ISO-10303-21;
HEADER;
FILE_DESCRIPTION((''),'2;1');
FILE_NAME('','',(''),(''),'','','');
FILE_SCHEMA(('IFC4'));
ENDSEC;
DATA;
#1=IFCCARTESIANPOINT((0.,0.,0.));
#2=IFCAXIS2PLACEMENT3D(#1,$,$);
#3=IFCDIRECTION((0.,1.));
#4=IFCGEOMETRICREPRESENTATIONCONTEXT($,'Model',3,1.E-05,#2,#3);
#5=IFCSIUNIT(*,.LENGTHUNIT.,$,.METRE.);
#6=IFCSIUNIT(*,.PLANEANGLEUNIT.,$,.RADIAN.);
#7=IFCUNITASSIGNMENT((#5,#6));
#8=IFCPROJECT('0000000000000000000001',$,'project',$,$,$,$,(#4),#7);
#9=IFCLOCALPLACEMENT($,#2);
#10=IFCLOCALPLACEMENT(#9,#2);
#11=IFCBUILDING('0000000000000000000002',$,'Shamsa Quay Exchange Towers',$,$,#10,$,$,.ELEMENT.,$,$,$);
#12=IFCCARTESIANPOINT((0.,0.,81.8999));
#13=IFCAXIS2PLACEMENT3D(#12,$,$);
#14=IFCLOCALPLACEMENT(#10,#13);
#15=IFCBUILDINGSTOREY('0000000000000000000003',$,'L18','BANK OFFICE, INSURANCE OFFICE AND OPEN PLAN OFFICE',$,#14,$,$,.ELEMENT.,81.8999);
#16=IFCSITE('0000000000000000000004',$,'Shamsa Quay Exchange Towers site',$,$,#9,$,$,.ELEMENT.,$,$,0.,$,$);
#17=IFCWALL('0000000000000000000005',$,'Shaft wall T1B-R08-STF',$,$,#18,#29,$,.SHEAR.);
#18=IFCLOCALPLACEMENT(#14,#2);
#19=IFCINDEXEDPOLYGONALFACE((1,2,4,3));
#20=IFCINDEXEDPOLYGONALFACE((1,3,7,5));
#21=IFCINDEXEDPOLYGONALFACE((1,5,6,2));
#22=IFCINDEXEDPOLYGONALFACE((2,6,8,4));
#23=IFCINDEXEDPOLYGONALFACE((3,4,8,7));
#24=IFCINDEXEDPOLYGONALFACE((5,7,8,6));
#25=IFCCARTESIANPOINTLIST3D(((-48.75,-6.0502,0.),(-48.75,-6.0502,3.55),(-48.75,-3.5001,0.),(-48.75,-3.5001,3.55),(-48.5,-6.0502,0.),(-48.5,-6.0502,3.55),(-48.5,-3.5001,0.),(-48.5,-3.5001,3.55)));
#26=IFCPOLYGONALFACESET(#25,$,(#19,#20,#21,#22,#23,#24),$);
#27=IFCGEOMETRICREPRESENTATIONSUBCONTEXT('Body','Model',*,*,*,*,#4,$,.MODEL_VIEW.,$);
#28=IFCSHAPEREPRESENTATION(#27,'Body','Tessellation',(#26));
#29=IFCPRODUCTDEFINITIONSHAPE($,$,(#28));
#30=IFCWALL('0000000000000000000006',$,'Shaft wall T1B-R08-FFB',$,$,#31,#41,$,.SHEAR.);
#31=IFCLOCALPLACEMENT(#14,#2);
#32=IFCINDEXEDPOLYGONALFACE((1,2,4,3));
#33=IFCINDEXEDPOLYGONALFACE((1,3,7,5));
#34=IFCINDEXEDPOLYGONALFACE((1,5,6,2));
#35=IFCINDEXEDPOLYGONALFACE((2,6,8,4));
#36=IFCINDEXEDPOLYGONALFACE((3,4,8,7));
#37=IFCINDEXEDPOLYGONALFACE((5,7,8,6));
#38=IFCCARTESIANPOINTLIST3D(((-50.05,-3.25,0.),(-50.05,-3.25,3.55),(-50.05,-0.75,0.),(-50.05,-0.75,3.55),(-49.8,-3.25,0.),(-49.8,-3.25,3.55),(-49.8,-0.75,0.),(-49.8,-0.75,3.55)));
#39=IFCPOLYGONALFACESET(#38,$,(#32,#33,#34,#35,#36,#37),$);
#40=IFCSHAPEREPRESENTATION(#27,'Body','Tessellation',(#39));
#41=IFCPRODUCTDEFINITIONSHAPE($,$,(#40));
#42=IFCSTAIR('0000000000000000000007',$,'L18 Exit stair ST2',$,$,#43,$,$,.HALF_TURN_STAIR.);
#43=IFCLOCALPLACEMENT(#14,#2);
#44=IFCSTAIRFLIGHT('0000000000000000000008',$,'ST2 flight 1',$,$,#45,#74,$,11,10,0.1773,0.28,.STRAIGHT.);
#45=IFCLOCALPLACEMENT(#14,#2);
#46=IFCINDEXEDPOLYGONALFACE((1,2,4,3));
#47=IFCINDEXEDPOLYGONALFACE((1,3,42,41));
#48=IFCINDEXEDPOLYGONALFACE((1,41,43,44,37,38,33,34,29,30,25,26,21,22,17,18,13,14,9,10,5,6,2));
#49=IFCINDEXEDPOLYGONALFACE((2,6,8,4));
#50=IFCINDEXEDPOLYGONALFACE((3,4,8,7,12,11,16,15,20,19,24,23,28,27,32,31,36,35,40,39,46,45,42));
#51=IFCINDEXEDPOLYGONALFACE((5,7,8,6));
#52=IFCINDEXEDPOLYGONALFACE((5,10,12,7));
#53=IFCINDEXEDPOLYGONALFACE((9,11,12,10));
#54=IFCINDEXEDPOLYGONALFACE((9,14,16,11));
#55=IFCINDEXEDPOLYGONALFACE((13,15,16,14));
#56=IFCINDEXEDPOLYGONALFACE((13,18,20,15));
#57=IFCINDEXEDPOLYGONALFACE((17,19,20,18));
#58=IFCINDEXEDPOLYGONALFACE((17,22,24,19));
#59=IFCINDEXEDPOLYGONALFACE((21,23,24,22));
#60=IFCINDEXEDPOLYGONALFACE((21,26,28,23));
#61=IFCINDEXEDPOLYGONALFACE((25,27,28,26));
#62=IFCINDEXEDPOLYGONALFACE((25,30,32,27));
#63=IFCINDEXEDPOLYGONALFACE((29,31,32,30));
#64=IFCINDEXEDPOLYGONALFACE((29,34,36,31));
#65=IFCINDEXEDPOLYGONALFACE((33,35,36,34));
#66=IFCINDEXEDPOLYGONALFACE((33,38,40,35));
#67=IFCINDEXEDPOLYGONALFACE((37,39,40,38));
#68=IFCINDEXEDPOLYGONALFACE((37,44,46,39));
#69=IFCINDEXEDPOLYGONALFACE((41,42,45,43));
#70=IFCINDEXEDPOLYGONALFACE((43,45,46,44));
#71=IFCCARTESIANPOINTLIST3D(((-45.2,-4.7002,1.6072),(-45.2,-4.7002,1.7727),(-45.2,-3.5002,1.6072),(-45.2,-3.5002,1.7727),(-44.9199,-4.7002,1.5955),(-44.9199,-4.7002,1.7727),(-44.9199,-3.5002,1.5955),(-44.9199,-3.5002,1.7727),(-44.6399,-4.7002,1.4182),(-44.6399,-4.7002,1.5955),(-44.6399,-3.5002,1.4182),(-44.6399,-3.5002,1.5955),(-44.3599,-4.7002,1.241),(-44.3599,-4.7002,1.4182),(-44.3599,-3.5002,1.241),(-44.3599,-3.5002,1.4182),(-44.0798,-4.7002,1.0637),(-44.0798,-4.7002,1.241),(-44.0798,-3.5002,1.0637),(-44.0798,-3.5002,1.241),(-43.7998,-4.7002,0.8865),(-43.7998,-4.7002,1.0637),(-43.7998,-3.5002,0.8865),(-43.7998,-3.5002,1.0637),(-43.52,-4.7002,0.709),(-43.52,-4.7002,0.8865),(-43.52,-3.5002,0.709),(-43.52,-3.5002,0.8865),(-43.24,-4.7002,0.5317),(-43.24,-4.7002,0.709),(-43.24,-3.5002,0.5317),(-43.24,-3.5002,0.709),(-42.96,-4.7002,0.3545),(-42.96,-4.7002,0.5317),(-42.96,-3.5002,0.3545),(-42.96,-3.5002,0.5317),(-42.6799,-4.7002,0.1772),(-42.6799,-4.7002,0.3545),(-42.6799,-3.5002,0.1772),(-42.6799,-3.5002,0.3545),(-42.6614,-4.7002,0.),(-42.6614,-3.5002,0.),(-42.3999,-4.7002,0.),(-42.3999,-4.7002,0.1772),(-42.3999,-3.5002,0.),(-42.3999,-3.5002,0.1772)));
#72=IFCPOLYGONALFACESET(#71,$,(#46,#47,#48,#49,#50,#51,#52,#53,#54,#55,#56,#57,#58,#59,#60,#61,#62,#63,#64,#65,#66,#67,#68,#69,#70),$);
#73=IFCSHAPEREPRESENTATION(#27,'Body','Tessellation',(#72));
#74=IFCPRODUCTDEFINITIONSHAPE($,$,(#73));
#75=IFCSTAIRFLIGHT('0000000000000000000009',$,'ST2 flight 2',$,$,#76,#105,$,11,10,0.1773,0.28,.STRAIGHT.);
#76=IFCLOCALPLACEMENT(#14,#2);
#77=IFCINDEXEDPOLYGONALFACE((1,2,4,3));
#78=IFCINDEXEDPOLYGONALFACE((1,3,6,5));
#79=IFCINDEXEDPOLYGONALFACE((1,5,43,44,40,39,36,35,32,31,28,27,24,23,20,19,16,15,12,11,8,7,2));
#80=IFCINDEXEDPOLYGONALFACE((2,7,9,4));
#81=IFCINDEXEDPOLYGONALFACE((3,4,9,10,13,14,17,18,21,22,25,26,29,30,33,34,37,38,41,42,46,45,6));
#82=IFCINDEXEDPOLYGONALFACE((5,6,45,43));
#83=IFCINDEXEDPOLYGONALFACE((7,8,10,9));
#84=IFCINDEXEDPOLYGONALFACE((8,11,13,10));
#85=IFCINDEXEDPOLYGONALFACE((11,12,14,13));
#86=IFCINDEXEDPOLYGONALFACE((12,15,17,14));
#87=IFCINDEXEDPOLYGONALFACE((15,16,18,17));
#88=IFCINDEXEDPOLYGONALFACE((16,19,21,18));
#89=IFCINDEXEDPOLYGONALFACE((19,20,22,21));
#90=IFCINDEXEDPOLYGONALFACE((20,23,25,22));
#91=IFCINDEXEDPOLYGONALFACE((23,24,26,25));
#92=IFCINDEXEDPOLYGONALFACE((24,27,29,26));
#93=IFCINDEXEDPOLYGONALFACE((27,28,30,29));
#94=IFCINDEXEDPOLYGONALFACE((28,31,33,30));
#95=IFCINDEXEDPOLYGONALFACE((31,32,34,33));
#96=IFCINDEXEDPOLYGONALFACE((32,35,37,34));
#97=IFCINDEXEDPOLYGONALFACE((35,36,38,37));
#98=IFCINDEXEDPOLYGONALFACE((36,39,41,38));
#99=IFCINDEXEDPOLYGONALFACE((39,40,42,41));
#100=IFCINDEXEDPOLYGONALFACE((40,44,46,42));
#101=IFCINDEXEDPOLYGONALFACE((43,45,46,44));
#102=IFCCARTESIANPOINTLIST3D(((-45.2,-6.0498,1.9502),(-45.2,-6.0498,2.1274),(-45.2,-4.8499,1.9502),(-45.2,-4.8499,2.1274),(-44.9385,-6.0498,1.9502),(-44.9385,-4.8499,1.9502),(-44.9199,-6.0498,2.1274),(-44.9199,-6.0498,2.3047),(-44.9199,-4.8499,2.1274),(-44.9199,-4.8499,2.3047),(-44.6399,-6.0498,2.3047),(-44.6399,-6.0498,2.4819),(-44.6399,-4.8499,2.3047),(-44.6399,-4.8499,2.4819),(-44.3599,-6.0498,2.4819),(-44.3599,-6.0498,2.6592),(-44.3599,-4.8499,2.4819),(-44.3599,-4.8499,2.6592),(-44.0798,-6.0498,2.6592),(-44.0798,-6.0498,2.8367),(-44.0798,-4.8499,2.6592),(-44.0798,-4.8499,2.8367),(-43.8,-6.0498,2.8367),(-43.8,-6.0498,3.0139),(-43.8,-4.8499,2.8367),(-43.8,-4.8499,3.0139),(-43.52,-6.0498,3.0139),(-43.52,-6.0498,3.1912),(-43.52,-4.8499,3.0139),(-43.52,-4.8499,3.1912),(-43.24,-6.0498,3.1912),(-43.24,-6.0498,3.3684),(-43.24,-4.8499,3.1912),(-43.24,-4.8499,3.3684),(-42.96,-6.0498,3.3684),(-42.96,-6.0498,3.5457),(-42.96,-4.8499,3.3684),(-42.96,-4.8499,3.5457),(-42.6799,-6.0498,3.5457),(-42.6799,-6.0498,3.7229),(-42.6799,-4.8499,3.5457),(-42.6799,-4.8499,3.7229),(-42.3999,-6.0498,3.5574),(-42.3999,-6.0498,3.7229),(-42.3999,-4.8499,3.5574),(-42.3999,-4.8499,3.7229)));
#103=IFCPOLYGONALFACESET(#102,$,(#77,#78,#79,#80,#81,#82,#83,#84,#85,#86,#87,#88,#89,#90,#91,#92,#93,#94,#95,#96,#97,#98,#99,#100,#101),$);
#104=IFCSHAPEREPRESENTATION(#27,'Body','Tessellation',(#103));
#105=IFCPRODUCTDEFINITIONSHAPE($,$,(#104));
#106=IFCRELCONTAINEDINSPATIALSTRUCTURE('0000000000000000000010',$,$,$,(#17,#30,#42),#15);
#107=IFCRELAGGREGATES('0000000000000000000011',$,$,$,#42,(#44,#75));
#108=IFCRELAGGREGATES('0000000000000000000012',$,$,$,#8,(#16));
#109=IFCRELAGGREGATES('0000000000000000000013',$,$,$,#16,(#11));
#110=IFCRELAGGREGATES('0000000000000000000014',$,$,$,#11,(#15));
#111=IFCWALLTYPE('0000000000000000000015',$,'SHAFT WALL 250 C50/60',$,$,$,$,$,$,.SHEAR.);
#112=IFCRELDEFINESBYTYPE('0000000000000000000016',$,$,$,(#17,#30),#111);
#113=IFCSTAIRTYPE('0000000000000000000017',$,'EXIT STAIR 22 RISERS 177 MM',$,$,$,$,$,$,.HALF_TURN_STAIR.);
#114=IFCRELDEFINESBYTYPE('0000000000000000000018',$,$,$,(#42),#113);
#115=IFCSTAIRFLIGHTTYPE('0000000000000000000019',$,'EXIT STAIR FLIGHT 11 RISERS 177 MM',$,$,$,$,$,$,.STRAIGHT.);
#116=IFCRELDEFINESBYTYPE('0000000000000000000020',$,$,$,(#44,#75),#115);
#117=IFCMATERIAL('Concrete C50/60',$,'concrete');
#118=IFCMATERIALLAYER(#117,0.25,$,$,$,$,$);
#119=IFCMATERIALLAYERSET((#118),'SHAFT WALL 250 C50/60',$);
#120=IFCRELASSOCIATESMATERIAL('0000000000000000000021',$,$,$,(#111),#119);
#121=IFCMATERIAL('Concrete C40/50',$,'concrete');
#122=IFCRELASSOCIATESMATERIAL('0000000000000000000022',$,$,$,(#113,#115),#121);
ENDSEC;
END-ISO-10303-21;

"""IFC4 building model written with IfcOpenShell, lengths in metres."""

from ifc_helpers import new_model, si_unit, direction, frame, frame_2d, origin, place, context, subcontext, project, spatial, polyline, rectangle, outline, extrude, material, layer, layer_set, type_object, element, aggregate, save


model = new_model("IFC4")

# Units and contexts
model_context = context("Model", 3, precision=1e-05, world=origin(), true_north=direction((0.0, 1.0)))
body_context = subcontext(model_context, "Body", "Model", "MODEL_VIEW")
ifc_project = project(units=[si_unit("LENGTHUNIT", "METRE"), si_unit("PLANEANGLEUNIT", "RADIAN")], contexts=[model_context])

# Site, building, storey
site_placement = place(None, origin())
site = spatial("IfcSite", under=ifc_project, at=site_placement, Name="Shamsa Quay Exchange Towers site", CompositionType="ELEMENT", RefElevation=0.0)
building_placement = place(site_placement, origin())
building = spatial("IfcBuilding", under=site, at=building_placement, Name="Shamsa Quay Exchange Towers", CompositionType="ELEMENT")
storey_placement = place(building_placement, frame((0.0, 0.0, 81.8999)))
storey = spatial("IfcBuildingStorey", under=building, at=storey_placement, Name="L18", Description="BANK OFFICE, INSURANCE OFFICE AND OPEN PLAN OFFICE", CompositionType="ELEMENT", Elevation=81.8999)

# Wall
ifc_material_1 = material(Name="Concrete C50/60", Category="concrete")
ifc_layer_1 = layer(ifc_material_1, 0.25)
ifc_layer_set_1 = layer_set([ifc_layer_1], Name="SHAFT WALL 250 C50/60")
wall_type_1 = type_object("IfcWallType", Name="SHAFT WALL 250 C50/60", PredefinedType="SHEAR", material=ifc_layer_set_1)
wall_1_placement = place(storey_placement, frame((-48.625, -6.05, 0.0), z_axis=(0.0, 0.0, 1.0), x_axis=(0.0, 1.0, 0.0)))
element("IfcWall", 1, at=wall_1_placement, inside=storey, type_object=wall_type_1, Name="Shaft wall T1B-R08-STF", PredefinedType="SHEAR", context=body_context, shape_type="SweptSolid", body=[
    extrude(rectangle(XDim=2.55, YDim=0.25, at=frame_2d((1.2749, 0.0))), origin(), (0.0, 0.0, 1.0), 3.55),
])

# Wall
wall_2_placement = place(storey_placement, frame((-49.925, -3.25, 0.0), z_axis=(0.0, 0.0, 1.0), x_axis=(0.0, 1.0, 0.0)))
element("IfcWall", 2, at=wall_2_placement, inside=storey, type_object=wall_type_1, Name="Shaft wall T1B-R08-FFB", PredefinedType="SHEAR", context=body_context, shape_type="SweptSolid", body=[
    extrude(rectangle(XDim=2.5, YDim=0.25, at=frame_2d((1.25, 0.0))), origin(), (0.0, 0.0, 1.0), 3.55),
])

# Stair, stair flights
ifc_material_2 = material(Name="Concrete C40/50", Category="concrete")
stair_type = type_object("IfcStairType", Name="EXIT STAIR 22 RISERS 177 MM", PredefinedType="HALF_TURN_STAIR", material=ifc_material_2)
stair_placement = place(storey_placement, origin())
stair = element("IfcStair", 3, at=stair_placement, inside=storey, type_object=stair_type, Name="L18 Exit stair ST2", PredefinedType="HALF_TURN_STAIR")
stair_flight_type = type_object("IfcStairFlightType", Name="EXIT STAIR FLIGHT 11 RISERS 177 MM", PredefinedType="STRAIGHT", material=ifc_material_2)
stair_flight_1_placement = place(storey_placement, frame((-42.3999, -4.1001, 0.0), z_axis=(0.0, 0.0, 1.0), x_axis=(-1.0, 0.0, 0.0)))
stair_flight_1 = element("IfcStairFlight", 4, at=stair_flight_1_placement, type_object=stair_flight_type, Name="ST2 flight 1", NumberOfRisers=11, NumberOfTreads=10, PredefinedType="STRAIGHT", RiserHeight=0.1773, TreadLength=0.28, context=body_context, shape_type="SweptSolid", body=[
    extrude(outline(polyline([(0.0, 0.0), (0.0, 0.1772), (0.28, 0.1772), (0.28, 0.3545), (0.5601, 0.3545), (0.5601, 0.5317), (0.8401, 0.5317), (0.8401, 0.709), (1.1201, 0.709), (1.1201, 0.8865), (1.3999, 0.8865), (1.3999, 1.0637), (1.6799, 1.0637), (1.6799, 1.241), (1.96, 1.241), (1.96, 1.4182), (2.24, 1.4182), (2.24, 1.5955), (2.52, 1.5955), (2.52, 1.7727), (2.8, 1.7727), (2.8, 1.95), (2.8, 1.6072), (0.2615, 0.0), (0.0, 0.0)])), frame((0.0, 0.6001, 0.0), z_axis=(0.0, -1.0, 0.0), x_axis=(1.0, 0.0, 0.0)), (0.0, 0.0, 1.0), 1.2),
])
stair_flight_2_placement = place(storey_placement, frame((-45.2, -5.45, 1.9502)))
stair_flight_2 = element("IfcStairFlight", 5, at=stair_flight_2_placement, type_object=stair_flight_type, Name="ST2 flight 2", NumberOfRisers=11, NumberOfTreads=10, PredefinedType="STRAIGHT", RiserHeight=0.1773, TreadLength=0.28, context=body_context, shape_type="SweptSolid", body=[
    extrude(outline(polyline([(0.0, 0.0), (0.0, 0.1772), (0.28, 0.1772), (0.28, 0.3545), (0.5601, 0.3545), (0.5601, 0.5317), (0.8401, 0.5317), (0.8401, 0.709), (1.1201, 0.709), (1.1201, 0.8865), (1.3999, 0.8865), (1.3999, 1.0637), (1.6799, 1.0637), (1.6799, 1.241), (1.96, 1.241), (1.96, 1.4182), (2.24, 1.4182), (2.24, 1.5955), (2.52, 1.5955), (2.52, 1.7727), (2.8, 1.7727), (2.8, 1.95), (2.8, 1.6072), (0.2615, 0.0), (0.0, 0.0)])), frame((0.0, 0.6001, 0.0), z_axis=(0.0, -1.0, 0.0), x_axis=(1.0, 0.0, 0.0)), (0.0, 0.0, 1.0), 1.2),
])
aggregate(stair, [stair_flight_1, stair_flight_2])

save(model, "model.ifc")
